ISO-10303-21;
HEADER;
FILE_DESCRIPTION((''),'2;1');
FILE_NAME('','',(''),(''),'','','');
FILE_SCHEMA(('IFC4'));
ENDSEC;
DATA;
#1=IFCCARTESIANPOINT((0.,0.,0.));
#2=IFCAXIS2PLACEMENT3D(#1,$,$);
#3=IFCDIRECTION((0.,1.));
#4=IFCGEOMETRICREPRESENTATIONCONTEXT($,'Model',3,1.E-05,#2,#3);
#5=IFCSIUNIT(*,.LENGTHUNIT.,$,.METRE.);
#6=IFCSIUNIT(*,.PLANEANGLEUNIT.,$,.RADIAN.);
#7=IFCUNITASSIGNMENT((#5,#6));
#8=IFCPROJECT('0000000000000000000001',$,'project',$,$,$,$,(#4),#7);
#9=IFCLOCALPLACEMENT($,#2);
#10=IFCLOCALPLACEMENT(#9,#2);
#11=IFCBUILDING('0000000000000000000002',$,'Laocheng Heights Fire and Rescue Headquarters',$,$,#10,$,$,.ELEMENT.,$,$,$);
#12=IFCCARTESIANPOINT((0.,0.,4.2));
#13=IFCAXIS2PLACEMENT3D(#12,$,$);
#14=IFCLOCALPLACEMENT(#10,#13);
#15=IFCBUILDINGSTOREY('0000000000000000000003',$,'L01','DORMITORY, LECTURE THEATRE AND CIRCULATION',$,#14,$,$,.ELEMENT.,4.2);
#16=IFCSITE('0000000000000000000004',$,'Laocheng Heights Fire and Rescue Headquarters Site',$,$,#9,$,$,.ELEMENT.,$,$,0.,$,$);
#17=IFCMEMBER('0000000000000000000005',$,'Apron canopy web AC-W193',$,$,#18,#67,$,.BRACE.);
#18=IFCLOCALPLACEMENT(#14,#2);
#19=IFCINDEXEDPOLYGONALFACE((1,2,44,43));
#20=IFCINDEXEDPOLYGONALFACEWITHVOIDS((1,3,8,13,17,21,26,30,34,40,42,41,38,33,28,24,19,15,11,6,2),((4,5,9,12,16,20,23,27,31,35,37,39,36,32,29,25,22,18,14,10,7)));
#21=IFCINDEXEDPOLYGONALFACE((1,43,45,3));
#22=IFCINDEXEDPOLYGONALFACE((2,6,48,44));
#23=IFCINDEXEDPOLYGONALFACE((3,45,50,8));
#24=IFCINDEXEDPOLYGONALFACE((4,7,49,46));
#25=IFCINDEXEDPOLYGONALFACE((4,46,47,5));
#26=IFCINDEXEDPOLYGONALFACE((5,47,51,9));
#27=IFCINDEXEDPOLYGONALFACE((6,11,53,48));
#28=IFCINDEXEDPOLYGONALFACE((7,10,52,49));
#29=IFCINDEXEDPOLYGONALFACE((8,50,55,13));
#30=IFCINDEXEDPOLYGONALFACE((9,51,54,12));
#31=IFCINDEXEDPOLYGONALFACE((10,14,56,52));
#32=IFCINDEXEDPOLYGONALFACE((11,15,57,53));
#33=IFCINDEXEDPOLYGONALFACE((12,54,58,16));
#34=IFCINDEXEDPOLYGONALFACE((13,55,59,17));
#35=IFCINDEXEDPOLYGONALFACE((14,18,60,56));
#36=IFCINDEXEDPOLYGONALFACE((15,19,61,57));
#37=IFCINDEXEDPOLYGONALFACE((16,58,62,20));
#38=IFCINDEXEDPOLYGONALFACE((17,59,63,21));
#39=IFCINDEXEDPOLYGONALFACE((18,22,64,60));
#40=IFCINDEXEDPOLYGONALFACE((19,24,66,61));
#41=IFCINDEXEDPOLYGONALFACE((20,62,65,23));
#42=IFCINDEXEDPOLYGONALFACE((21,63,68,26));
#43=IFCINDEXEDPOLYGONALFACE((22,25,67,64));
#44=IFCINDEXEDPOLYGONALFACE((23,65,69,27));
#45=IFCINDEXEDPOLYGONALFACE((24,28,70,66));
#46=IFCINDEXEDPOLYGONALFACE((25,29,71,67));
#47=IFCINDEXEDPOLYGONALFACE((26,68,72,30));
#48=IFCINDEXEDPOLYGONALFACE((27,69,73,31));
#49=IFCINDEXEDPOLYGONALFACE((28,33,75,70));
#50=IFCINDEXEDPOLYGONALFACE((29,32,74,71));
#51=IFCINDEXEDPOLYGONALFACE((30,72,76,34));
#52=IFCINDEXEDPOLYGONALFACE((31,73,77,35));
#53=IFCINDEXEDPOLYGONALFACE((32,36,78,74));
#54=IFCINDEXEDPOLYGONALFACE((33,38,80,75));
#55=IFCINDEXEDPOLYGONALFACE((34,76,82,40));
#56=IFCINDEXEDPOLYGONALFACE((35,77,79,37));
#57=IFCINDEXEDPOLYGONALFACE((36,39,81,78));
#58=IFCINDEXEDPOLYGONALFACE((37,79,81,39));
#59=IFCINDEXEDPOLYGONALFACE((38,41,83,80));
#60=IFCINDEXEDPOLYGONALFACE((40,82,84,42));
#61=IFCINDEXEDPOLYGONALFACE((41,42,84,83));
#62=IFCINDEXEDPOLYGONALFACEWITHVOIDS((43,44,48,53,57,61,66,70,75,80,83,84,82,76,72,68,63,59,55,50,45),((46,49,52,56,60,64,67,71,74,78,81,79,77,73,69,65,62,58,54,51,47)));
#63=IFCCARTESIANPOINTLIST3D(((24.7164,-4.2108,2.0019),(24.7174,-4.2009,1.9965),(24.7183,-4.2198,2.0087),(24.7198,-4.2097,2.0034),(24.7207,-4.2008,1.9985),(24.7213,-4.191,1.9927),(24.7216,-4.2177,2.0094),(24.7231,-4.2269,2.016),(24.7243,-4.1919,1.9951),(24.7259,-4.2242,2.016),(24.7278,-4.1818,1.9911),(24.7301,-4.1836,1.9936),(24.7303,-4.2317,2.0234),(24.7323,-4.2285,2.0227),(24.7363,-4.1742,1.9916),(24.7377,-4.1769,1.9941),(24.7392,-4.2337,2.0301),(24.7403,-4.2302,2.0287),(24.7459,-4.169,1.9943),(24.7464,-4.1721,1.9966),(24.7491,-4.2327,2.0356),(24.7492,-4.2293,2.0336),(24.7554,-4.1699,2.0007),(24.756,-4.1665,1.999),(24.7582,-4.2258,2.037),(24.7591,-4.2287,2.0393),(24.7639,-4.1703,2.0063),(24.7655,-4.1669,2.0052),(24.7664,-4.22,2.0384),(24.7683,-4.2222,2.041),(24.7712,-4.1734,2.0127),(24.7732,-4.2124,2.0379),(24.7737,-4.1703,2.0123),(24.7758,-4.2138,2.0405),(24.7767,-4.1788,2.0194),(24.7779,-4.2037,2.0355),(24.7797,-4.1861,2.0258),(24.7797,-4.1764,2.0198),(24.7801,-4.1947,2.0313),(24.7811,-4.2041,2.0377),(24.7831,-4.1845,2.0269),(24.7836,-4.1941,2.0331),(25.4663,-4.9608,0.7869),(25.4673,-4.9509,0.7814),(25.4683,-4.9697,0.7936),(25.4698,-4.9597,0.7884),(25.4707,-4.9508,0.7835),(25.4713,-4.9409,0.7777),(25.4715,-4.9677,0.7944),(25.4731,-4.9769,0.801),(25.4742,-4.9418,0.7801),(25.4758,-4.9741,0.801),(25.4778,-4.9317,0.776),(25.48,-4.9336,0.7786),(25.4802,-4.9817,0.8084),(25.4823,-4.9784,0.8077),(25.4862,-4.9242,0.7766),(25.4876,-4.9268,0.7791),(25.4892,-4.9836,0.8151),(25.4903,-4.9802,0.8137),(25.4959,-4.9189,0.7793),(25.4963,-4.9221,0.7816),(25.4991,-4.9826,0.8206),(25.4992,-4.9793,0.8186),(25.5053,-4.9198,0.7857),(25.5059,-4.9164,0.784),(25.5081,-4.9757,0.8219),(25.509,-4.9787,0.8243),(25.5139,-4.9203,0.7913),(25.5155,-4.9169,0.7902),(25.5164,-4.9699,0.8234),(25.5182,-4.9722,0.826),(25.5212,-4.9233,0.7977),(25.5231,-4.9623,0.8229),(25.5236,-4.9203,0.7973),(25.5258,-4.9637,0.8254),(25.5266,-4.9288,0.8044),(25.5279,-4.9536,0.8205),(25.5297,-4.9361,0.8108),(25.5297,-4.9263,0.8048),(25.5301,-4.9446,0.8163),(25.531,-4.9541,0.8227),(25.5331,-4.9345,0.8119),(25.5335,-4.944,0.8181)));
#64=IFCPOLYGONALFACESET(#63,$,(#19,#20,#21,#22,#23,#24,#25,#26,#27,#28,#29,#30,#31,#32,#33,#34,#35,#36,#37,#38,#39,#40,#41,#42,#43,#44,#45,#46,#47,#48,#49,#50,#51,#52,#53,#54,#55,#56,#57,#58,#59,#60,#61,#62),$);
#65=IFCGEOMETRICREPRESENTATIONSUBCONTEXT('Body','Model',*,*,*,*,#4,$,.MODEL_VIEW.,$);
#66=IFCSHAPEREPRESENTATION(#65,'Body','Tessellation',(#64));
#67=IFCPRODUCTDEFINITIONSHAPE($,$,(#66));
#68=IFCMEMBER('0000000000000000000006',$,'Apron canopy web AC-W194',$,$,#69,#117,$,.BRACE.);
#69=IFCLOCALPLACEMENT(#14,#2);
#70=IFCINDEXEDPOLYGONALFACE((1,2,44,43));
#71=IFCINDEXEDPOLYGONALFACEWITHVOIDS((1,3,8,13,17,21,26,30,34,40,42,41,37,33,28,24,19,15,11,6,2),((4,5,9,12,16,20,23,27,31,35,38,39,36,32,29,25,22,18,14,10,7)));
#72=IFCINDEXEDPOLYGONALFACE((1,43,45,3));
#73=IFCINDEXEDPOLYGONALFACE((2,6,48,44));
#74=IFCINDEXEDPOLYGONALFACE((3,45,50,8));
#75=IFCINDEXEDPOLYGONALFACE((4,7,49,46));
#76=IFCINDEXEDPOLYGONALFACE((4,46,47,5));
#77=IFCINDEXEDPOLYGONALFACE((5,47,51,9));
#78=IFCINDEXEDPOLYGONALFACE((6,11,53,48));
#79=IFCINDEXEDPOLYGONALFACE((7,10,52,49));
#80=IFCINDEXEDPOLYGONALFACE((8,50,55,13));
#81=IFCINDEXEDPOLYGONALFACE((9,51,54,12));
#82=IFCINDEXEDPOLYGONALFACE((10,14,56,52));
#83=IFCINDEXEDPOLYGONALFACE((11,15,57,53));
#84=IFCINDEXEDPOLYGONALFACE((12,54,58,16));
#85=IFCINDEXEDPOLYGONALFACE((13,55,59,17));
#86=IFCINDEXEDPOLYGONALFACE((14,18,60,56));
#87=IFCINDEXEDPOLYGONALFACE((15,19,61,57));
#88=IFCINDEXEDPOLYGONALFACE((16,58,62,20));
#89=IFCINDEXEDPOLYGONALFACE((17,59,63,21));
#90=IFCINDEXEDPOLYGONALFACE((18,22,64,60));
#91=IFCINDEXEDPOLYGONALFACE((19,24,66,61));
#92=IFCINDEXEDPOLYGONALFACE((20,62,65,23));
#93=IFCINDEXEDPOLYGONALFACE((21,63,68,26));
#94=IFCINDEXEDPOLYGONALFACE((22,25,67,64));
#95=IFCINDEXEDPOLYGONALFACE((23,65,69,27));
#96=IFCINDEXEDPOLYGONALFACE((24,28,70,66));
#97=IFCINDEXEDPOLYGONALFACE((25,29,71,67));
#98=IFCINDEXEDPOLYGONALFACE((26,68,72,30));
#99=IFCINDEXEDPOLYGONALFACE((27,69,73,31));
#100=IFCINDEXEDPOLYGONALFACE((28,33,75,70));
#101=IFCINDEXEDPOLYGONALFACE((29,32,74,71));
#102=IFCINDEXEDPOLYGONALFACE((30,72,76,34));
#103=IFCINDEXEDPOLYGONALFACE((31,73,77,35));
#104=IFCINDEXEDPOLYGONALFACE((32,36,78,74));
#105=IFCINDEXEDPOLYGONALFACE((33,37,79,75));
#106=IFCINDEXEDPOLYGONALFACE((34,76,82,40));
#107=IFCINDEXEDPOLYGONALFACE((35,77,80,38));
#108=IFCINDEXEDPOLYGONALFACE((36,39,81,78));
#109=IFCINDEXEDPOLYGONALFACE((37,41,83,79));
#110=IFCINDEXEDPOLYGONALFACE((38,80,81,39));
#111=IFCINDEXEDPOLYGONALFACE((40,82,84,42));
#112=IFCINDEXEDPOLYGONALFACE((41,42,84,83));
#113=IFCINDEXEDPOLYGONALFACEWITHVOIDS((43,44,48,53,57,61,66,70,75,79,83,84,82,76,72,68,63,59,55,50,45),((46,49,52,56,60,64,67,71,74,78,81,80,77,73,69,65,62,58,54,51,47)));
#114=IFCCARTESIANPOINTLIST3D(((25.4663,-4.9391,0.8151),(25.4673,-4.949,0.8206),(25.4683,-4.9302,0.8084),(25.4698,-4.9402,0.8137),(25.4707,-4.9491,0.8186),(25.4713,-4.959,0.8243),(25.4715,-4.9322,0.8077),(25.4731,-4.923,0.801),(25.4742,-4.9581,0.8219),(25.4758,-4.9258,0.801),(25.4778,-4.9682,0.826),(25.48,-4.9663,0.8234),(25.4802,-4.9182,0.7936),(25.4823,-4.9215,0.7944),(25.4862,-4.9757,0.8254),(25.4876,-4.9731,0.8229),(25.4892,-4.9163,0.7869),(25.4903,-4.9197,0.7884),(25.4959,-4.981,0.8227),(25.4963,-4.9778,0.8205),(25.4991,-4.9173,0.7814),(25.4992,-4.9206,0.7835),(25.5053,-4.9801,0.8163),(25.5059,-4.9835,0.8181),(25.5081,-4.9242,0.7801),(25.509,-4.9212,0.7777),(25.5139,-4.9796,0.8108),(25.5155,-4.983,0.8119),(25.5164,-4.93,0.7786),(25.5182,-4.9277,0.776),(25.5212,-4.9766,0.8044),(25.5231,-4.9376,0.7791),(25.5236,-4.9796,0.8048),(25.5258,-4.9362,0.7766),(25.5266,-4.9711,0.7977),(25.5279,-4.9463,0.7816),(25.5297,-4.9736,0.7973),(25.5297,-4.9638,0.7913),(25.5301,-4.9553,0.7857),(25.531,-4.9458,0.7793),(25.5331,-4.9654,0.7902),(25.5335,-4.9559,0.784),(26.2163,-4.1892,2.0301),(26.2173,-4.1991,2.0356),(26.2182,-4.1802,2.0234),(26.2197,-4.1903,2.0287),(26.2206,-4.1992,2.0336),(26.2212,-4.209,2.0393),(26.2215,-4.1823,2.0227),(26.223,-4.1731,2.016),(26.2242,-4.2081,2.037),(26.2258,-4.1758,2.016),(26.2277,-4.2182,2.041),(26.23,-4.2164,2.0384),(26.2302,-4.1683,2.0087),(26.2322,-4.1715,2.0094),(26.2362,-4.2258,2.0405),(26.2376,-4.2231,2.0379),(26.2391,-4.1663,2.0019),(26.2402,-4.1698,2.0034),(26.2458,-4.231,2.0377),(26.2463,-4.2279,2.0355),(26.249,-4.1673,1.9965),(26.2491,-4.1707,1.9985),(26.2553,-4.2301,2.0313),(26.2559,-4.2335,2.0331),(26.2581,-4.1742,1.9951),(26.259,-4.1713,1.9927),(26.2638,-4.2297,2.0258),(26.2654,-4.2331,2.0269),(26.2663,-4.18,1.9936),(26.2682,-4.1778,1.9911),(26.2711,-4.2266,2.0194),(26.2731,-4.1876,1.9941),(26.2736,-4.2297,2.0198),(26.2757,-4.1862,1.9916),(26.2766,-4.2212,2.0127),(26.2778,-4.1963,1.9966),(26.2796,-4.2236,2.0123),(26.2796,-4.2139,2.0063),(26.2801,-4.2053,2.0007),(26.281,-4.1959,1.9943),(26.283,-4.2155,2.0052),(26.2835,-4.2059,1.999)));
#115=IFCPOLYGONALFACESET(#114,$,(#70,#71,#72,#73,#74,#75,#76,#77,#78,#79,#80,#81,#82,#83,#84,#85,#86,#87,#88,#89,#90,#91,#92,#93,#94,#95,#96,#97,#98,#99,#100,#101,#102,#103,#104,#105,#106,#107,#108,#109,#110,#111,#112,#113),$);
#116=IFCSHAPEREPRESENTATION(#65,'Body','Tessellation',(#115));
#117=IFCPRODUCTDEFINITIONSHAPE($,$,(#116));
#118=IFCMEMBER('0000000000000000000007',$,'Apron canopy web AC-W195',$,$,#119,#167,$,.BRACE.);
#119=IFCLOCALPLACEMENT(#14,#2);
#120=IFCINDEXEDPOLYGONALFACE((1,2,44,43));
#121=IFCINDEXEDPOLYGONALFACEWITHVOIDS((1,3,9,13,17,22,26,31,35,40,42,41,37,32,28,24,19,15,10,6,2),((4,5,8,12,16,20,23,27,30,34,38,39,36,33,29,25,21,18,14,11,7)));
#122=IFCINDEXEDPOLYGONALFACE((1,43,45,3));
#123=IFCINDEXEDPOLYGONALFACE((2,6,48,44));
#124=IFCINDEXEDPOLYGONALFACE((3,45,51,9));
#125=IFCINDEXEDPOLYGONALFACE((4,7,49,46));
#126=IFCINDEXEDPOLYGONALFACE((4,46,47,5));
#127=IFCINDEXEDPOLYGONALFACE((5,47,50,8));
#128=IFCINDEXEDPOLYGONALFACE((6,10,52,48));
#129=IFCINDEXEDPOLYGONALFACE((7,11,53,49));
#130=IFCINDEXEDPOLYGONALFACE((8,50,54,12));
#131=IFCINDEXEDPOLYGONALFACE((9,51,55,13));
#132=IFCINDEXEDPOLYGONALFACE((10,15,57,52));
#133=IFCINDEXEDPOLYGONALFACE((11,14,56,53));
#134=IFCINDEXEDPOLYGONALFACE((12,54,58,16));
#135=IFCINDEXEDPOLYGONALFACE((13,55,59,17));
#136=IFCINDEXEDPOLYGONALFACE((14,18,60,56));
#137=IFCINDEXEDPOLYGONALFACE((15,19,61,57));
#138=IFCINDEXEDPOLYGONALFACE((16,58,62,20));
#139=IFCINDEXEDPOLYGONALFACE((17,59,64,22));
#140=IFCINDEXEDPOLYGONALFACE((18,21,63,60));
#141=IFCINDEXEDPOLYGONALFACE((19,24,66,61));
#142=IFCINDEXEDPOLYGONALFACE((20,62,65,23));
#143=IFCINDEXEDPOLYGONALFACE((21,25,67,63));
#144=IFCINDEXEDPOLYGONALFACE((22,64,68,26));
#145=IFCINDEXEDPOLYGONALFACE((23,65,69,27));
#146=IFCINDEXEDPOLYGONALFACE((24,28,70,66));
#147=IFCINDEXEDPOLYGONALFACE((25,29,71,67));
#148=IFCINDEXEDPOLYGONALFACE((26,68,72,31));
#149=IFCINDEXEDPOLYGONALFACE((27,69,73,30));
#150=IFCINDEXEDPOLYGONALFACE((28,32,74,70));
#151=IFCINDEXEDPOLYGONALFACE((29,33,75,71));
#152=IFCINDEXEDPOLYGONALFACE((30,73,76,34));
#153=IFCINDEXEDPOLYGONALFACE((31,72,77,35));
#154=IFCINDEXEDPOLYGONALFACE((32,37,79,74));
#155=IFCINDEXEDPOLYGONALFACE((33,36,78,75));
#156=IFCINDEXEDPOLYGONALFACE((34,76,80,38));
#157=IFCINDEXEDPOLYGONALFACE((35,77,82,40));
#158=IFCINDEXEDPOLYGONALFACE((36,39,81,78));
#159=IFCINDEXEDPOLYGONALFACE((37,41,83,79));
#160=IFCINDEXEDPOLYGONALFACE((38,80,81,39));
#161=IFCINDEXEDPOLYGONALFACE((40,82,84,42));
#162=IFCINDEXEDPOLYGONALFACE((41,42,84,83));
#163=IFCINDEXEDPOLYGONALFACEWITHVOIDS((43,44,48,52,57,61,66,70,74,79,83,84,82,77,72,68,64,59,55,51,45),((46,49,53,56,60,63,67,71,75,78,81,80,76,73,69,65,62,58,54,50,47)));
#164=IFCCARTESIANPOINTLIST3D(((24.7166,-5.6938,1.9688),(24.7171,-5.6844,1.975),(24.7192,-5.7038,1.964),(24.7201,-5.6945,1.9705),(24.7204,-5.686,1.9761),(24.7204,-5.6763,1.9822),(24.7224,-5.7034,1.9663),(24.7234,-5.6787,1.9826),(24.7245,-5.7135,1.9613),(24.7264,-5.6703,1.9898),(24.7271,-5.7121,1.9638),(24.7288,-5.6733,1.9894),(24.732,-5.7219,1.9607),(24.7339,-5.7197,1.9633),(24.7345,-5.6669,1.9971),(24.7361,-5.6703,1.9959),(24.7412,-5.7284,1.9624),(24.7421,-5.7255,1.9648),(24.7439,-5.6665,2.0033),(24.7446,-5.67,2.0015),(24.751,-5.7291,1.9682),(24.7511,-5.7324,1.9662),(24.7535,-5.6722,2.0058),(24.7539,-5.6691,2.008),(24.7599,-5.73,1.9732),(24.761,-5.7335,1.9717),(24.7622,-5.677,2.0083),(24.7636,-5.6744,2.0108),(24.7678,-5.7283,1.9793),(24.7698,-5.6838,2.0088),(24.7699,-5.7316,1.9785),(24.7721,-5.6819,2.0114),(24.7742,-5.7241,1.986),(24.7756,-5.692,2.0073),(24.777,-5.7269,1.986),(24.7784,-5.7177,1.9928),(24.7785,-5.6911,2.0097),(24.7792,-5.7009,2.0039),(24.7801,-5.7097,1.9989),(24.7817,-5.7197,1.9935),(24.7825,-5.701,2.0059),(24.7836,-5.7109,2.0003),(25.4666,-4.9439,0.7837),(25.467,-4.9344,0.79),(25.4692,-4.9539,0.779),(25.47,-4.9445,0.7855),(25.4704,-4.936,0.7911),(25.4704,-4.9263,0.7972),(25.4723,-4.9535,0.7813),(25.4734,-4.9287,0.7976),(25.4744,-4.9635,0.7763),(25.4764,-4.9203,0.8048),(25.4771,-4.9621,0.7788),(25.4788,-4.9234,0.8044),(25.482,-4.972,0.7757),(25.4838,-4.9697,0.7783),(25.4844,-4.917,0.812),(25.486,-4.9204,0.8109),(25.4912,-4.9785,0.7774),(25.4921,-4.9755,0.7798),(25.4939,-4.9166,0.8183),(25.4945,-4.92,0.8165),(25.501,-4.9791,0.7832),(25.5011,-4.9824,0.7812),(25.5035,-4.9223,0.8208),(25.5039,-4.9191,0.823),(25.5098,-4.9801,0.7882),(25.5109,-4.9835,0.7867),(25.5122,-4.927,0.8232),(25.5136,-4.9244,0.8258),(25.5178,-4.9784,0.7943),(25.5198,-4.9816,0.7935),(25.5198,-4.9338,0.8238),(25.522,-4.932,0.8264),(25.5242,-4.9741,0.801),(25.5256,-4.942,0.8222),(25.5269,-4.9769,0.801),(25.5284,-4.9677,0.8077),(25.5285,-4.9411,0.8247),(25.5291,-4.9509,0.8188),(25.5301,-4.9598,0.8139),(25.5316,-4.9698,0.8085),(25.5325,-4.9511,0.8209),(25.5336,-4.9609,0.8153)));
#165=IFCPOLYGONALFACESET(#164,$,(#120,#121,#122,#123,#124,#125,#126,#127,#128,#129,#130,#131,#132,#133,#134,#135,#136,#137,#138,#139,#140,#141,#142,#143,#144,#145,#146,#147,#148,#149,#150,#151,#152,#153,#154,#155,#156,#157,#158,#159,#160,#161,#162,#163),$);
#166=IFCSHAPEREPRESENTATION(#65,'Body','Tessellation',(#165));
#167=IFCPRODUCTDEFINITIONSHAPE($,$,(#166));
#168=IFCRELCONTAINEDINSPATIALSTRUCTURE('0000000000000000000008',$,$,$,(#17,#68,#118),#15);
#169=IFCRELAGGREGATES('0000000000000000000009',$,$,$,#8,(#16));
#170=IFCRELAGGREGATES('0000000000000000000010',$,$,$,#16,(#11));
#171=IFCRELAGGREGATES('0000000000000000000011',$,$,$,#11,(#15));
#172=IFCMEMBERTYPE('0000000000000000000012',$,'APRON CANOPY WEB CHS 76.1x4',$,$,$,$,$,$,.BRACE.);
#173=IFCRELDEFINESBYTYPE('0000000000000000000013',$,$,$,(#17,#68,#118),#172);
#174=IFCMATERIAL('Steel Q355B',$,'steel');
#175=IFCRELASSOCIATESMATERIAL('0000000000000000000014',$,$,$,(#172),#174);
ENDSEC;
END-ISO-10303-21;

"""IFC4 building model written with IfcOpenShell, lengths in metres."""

from ifc_helpers import new_model, si_unit, direction, frame, origin, origin_2d, place, context, subcontext, project, spatial, hollow_circle, extrude, material, material_profile, profile_set, type_object, element, save


model = new_model("IFC4")

# Units and contexts
model_context = context("Model", 3, precision=1e-05, world=origin(), true_north=direction((0.0, 1.0)))
body_context = subcontext(model_context, "Body", "Model", "MODEL_VIEW")
ifc_project = project(units=[si_unit("LENGTHUNIT", "METRE"), si_unit("PLANEANGLEUNIT", "RADIAN")], contexts=[model_context])

# Site, building, storey
site_placement = place(None, origin())
site = spatial("IfcSite", under=ifc_project, at=site_placement, Name="Laocheng Heights Fire and Rescue Headquarters Site", CompositionType="ELEMENT", RefElevation=0.0)
building_placement = place(site_placement, origin())
building = spatial("IfcBuilding", under=site, at=building_placement, Name="Laocheng Heights Fire and Rescue Headquarters", CompositionType="ELEMENT")
storey_placement = place(building_placement, frame((0.0, 0.0, 4.2)))
storey = spatial("IfcBuildingStorey", under=building, at=storey_placement, Name="L01", Description="DORMITORY, LECTURE THEATRE AND CIRCULATION", CompositionType="ELEMENT", Elevation=4.2)

# Members
ifc_material_1 = material(Name="Steel Q355B", Category="steel")
ifc_material_profile_1 = material_profile(ifc_material_1, hollow_circle(Radius=0.0381, WallThickness=0.0039, at=origin_2d()), Name="CHS 76.1x4")
ifc_profile_set_1 = profile_set([ifc_material_profile_1], Name="Steel Q355B")
member_type_1 = type_object("IfcMemberType", Name="APRON CANOPY WEB CHS 76.1x4", PredefinedType="BRACE", material=ifc_profile_set_1)
for number, where, z_axis, x_axis, name in (
    (1, (25.5, -4.95, 0.801), (-0.465002, 0.465002, 0.753357), (-0.707107, -0.707107, 0.0), "Apron canopy web AC-W193"),
    (2, (25.5, -4.95, 0.801), (0.465002, 0.465002, 0.753357), (-0.707107, 0.707107, 0.0), "Apron canopy web AC-W194"),
):
    element("IfcMember", number, at=place(storey_placement, frame(where, z_axis=z_axis, x_axis=x_axis)), inside=storey, type_object=member_type_1, Name=name, PredefinedType="BRACE", context=body_context, shape_type="SweptSolid", body=[
        extrude(hollow_circle(Radius=0.0381, WallThickness=0.0039, at=origin_2d()), origin(), (0.0, 0.0, 1.0), 1.6128),
    ])
for number, where, z_axis, x_axis, name in (
    (3, (25.5, -4.95, 0.801), (-0.47158, -0.47158, 0.745134), (0.707107, -0.707107, 0.0), "Apron canopy web AC-W195"),
):
    element("IfcMember", number, at=place(storey_placement, frame(where, z_axis=z_axis, x_axis=x_axis)), inside=storey, type_object=member_type_1, Name=name, PredefinedType="BRACE", context=body_context, shape_type="SweptSolid", body=[
        extrude(hollow_circle(Radius=0.0381, WallThickness=0.0039, at=origin_2d()), origin(), (0.0, 0.0, 1.0), 1.5903),
    ])

save(model, "model.ifc")
